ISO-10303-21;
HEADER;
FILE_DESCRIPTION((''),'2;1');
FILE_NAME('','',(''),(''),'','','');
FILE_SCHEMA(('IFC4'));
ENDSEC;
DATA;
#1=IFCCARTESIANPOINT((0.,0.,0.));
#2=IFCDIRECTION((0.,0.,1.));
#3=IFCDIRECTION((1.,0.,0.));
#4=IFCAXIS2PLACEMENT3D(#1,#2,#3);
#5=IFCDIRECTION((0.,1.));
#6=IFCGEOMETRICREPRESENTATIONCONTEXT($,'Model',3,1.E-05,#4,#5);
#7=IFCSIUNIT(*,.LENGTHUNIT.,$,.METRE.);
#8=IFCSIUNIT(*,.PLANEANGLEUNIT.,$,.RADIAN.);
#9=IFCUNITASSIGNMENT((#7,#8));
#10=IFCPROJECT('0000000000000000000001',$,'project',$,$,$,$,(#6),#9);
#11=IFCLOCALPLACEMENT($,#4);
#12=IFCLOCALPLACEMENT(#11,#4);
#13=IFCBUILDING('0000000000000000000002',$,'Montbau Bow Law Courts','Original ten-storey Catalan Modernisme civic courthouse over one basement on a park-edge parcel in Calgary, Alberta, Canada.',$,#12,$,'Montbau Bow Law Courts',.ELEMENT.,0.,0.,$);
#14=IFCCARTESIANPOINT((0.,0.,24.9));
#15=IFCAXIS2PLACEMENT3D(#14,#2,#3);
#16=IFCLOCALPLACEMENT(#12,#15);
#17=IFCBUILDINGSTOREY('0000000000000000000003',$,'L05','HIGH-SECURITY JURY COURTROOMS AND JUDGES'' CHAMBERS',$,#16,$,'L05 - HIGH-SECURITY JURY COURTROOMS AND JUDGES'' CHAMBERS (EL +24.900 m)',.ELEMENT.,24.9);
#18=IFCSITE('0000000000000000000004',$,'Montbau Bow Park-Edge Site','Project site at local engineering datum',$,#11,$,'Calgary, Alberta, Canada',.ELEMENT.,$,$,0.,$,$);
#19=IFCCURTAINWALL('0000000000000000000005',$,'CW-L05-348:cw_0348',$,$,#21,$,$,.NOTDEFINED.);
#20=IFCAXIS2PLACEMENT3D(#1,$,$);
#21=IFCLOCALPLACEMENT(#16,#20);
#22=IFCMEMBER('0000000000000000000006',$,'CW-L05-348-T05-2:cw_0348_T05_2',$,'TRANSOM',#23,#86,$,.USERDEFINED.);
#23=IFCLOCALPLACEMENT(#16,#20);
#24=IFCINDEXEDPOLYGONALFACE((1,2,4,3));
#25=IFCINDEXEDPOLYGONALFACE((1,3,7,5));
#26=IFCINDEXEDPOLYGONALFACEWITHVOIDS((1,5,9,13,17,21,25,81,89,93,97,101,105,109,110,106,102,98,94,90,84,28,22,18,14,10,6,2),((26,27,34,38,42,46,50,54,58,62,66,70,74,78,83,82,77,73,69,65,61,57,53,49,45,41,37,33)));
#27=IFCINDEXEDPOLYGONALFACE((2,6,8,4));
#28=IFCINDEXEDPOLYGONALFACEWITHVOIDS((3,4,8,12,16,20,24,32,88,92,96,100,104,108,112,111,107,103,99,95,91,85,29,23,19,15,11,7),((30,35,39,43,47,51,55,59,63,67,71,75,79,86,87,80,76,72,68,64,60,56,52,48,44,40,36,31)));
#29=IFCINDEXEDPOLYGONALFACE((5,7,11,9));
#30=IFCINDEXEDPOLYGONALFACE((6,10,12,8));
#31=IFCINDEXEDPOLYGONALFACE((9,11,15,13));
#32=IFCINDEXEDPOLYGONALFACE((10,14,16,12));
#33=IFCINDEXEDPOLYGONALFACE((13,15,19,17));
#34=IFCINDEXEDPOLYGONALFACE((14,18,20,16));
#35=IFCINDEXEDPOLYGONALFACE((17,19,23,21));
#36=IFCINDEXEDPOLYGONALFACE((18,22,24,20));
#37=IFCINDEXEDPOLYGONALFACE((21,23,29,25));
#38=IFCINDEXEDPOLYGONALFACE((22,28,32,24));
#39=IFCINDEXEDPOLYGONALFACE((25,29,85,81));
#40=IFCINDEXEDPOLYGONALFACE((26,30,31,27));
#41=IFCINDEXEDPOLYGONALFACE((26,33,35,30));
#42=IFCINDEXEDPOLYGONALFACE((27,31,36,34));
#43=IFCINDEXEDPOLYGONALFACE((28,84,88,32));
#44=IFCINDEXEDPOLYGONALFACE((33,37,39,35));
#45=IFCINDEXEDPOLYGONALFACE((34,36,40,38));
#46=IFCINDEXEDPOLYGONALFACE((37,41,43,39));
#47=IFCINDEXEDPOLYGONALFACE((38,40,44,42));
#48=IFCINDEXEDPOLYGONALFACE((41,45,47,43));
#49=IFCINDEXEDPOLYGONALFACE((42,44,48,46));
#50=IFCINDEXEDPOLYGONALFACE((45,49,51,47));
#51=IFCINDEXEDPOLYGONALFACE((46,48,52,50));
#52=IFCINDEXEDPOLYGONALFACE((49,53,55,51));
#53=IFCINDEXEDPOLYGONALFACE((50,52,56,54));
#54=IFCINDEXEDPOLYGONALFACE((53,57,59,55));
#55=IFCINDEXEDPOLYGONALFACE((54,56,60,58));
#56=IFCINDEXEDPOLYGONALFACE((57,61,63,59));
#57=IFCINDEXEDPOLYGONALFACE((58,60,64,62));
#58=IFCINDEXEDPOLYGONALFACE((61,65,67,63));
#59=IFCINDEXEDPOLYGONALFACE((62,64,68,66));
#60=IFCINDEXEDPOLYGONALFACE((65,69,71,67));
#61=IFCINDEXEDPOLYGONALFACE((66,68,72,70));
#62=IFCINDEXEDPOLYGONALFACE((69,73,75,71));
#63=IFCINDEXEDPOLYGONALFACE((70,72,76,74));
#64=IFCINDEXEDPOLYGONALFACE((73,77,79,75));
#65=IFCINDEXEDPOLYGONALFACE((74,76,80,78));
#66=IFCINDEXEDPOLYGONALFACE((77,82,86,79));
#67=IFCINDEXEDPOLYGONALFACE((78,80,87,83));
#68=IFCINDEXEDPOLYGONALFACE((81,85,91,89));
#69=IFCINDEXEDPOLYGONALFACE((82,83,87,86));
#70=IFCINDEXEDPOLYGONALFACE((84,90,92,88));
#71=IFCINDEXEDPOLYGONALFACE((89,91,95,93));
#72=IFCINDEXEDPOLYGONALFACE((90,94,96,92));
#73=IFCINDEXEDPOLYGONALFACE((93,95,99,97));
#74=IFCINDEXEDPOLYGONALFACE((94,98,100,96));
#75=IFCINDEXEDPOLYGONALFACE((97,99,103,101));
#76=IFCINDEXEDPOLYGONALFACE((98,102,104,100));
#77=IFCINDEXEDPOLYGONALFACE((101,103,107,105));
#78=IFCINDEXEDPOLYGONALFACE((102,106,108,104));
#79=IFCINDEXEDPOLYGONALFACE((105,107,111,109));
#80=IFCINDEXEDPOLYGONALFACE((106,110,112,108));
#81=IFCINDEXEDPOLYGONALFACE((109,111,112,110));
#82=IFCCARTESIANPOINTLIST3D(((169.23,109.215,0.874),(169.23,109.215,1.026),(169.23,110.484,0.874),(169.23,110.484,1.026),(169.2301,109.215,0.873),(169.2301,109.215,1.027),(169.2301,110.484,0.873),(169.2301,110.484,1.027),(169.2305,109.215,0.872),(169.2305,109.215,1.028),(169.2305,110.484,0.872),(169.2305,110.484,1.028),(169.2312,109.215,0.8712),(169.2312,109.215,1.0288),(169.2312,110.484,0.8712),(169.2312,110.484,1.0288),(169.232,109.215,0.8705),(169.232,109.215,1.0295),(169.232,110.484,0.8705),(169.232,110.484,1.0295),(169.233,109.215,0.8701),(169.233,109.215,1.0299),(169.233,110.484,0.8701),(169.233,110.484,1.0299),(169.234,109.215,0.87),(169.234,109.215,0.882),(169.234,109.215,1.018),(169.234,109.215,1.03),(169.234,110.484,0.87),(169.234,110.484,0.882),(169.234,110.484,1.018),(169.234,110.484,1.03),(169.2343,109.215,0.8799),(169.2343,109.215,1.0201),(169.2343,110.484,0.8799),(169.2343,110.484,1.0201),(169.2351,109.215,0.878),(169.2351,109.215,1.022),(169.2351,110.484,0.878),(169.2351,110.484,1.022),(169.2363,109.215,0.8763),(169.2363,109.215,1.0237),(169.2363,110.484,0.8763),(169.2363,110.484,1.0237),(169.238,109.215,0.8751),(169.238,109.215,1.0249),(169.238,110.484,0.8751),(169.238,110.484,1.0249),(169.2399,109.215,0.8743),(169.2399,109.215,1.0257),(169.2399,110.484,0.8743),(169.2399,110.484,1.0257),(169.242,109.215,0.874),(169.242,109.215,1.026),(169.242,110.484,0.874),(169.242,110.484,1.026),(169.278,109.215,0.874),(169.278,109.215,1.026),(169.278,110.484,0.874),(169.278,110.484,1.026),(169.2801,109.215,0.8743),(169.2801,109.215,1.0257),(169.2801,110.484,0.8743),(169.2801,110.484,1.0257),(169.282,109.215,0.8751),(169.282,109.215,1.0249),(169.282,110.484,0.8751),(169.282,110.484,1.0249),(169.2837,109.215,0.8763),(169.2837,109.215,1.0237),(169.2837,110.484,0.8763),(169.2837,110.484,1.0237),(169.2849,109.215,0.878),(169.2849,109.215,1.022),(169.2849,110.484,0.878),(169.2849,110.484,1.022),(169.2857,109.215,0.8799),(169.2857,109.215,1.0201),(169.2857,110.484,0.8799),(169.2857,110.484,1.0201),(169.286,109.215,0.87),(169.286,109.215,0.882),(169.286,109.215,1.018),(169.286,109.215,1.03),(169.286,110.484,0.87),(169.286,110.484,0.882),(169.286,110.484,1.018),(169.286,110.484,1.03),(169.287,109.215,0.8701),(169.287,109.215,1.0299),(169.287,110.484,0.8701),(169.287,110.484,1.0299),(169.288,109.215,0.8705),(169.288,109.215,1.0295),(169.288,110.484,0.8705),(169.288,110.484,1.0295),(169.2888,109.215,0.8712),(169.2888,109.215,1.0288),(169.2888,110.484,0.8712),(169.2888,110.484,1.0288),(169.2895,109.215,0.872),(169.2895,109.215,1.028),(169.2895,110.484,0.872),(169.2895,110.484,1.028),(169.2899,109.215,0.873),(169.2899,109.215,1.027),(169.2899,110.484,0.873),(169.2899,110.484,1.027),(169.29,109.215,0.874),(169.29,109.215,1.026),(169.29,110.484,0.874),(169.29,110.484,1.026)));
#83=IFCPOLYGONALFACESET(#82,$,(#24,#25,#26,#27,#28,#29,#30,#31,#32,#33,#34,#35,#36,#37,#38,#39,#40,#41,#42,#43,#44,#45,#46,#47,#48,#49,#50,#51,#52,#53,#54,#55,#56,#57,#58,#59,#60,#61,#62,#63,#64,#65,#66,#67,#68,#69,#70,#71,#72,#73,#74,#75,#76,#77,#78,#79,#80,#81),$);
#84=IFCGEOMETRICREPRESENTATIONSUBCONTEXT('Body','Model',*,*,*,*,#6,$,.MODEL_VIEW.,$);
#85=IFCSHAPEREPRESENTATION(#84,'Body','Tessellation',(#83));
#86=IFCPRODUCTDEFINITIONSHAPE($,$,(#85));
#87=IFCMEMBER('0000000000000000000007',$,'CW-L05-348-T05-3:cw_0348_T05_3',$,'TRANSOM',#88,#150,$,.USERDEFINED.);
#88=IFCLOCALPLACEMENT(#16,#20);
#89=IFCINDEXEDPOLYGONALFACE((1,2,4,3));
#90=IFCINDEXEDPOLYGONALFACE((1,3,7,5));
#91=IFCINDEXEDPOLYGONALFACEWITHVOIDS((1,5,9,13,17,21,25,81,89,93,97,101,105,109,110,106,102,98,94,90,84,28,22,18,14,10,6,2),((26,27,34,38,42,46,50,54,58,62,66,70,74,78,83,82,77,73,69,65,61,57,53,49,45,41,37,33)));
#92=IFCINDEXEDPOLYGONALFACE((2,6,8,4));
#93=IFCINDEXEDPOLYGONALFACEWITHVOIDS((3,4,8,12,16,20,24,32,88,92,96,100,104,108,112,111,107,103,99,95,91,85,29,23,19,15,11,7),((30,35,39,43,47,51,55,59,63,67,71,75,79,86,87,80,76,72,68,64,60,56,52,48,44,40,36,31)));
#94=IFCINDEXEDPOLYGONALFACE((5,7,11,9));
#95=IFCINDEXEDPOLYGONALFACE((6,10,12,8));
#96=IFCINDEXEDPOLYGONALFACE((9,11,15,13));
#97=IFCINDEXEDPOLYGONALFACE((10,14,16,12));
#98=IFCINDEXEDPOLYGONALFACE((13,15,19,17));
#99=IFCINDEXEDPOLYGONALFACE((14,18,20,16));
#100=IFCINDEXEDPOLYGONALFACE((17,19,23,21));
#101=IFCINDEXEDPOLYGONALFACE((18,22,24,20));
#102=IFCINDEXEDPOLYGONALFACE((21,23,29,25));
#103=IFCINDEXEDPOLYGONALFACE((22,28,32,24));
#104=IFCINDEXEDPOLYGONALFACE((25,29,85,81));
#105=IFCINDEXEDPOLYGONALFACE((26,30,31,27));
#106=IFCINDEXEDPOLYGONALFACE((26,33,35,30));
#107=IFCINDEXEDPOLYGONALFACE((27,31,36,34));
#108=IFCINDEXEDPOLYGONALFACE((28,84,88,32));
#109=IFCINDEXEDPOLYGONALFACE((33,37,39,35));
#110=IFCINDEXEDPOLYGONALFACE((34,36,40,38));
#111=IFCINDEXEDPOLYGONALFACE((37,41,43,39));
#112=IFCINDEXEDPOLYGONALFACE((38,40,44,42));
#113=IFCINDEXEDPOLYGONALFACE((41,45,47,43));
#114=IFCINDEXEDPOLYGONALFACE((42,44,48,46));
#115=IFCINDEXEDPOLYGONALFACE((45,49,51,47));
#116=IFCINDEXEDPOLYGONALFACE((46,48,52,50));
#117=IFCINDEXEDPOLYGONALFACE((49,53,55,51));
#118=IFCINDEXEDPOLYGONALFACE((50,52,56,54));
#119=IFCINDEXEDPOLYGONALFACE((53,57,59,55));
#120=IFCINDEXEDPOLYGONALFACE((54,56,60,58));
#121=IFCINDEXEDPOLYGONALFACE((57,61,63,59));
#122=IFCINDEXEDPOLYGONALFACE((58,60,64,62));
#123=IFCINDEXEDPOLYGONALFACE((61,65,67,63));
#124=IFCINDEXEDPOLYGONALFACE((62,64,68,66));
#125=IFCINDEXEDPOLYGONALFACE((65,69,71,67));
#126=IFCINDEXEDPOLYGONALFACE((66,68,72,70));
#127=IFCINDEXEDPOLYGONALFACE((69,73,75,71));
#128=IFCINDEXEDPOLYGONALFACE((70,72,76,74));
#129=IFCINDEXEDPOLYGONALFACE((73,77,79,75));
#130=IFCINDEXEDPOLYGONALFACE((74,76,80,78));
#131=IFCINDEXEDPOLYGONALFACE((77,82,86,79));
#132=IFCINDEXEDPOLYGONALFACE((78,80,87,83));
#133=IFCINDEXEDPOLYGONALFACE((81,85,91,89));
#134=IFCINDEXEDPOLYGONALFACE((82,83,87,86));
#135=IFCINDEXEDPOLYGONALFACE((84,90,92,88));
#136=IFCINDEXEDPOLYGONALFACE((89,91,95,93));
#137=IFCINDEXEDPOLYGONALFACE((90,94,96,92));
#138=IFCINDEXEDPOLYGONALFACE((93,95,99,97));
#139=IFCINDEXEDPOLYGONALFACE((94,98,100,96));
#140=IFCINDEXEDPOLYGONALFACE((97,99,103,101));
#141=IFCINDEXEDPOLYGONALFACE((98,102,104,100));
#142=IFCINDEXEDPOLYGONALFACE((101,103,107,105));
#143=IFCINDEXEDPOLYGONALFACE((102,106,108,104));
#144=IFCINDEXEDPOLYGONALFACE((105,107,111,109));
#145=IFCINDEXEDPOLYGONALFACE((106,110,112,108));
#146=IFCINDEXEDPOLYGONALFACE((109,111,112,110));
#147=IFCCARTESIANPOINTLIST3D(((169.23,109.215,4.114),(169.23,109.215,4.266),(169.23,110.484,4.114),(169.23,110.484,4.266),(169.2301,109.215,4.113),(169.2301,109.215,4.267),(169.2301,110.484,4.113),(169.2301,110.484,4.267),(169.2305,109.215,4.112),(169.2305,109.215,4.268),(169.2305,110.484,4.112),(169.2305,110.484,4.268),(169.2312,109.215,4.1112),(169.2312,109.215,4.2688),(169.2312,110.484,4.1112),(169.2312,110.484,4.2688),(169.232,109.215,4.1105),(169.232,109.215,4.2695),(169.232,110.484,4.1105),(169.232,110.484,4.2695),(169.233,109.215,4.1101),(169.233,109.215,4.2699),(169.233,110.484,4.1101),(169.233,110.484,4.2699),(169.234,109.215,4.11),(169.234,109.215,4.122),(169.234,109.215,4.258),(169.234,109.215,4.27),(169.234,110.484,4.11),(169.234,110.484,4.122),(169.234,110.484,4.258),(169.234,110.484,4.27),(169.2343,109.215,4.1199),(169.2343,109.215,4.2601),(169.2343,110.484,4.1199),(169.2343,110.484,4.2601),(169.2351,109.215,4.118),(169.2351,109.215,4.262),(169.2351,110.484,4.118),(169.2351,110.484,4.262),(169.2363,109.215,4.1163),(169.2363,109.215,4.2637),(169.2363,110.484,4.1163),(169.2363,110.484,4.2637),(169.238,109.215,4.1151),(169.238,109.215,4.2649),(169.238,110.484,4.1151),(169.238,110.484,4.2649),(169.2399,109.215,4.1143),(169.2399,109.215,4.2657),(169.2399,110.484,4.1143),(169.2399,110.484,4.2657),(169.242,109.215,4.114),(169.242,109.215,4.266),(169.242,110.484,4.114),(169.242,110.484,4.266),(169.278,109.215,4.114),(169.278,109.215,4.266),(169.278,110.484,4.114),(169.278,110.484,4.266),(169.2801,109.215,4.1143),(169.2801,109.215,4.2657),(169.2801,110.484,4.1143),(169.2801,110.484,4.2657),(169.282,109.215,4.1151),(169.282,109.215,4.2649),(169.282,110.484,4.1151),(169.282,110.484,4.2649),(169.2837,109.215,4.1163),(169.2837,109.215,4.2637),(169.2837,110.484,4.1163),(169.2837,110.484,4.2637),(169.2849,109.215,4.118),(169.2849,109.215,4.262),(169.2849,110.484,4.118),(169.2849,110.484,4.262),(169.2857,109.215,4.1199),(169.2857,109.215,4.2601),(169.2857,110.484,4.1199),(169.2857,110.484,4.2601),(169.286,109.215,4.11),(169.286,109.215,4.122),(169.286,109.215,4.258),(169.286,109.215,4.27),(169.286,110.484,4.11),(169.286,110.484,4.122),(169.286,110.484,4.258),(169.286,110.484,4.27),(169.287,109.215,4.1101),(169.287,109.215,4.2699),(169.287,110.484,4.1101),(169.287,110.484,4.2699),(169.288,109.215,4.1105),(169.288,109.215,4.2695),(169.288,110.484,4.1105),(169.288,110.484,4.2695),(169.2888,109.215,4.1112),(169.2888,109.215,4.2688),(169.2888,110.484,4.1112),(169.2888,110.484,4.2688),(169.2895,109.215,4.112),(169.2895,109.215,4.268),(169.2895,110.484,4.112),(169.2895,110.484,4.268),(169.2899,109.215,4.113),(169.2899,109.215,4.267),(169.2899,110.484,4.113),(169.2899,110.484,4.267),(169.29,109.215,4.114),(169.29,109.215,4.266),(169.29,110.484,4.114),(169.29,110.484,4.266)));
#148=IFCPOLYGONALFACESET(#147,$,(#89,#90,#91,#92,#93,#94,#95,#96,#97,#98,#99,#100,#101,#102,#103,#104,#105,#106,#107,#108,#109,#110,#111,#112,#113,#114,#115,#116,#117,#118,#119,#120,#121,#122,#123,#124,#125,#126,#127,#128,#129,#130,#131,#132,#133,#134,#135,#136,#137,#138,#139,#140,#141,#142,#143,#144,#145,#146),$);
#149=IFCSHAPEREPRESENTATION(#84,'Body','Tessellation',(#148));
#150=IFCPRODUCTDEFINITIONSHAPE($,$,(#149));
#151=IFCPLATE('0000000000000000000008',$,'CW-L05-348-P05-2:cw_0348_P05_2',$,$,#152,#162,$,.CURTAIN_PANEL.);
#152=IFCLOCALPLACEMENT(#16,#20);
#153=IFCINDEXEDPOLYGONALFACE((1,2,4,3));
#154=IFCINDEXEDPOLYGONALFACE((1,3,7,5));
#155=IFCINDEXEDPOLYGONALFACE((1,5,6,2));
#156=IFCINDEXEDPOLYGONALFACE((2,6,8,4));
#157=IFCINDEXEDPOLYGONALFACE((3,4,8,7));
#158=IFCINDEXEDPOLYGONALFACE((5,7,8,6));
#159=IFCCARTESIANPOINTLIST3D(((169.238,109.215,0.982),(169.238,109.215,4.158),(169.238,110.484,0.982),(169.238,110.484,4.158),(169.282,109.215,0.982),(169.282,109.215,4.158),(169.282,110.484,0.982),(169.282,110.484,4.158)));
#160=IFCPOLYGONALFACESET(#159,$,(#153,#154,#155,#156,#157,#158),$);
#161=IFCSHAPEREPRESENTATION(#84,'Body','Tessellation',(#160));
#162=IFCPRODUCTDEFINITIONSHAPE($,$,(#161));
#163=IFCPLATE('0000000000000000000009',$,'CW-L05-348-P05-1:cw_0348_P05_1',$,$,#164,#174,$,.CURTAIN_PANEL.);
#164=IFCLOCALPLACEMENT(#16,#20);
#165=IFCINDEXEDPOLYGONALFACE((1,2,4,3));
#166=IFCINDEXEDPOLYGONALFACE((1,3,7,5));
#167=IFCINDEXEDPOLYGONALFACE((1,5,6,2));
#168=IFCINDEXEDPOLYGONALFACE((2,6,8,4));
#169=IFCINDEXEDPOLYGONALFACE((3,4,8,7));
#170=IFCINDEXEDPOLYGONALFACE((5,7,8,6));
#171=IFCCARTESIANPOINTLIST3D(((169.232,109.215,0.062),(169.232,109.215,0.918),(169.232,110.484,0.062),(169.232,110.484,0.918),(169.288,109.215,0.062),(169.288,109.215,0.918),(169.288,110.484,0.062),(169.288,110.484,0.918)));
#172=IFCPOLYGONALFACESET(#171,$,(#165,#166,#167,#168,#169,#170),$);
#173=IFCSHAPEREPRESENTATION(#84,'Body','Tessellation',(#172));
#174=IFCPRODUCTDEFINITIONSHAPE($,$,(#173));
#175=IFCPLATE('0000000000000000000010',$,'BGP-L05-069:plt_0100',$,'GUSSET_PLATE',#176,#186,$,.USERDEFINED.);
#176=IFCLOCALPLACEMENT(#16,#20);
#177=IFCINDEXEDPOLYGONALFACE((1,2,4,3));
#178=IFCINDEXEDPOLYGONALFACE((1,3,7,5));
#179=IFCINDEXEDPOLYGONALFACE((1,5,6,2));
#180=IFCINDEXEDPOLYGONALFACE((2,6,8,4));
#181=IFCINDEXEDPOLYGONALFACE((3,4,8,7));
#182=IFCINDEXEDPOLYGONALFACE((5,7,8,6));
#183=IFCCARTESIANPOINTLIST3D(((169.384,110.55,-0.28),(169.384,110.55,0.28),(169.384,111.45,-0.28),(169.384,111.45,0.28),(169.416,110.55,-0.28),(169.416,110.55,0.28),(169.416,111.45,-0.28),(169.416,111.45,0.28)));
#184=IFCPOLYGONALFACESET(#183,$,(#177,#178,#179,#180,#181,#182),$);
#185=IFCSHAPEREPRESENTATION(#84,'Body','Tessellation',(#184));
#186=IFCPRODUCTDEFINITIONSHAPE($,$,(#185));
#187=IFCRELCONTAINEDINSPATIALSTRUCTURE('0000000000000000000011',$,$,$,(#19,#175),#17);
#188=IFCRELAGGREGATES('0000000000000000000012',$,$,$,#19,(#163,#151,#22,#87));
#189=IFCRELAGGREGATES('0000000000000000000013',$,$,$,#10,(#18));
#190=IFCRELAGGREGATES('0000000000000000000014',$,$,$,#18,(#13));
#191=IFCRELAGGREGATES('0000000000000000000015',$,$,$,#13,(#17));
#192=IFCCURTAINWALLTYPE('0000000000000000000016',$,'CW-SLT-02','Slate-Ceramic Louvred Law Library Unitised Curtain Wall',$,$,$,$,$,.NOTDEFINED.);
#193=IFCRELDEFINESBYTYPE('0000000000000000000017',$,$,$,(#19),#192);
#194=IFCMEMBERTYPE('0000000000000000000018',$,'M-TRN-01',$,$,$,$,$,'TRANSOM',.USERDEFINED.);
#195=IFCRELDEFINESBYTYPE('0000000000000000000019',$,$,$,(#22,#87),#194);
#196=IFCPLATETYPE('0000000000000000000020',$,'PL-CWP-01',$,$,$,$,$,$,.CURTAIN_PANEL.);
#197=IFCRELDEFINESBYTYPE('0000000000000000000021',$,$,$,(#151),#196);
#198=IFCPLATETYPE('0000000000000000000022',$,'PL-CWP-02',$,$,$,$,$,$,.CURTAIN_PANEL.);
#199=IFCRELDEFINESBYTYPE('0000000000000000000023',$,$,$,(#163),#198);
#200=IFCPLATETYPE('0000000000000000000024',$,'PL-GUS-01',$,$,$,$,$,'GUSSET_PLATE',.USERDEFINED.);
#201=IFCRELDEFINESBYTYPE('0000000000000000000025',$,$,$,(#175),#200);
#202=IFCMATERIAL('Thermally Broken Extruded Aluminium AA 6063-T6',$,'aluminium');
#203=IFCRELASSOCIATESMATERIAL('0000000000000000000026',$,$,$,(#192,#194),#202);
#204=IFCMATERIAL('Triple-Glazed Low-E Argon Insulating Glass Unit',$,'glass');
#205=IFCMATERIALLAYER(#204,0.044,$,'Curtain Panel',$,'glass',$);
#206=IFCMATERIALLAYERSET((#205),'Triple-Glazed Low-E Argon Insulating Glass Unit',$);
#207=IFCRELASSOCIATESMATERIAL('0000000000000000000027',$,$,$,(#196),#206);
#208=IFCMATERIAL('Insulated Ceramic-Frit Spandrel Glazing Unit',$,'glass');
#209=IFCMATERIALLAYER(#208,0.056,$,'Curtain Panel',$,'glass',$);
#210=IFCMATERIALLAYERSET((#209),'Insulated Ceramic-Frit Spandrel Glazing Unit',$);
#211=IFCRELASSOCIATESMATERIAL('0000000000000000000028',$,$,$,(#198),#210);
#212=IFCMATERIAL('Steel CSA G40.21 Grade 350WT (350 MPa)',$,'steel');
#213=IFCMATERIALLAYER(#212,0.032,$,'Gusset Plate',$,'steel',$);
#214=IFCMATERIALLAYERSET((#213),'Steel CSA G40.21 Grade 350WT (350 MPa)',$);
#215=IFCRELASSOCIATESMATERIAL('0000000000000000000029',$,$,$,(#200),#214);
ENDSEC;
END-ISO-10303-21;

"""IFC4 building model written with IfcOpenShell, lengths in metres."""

from ifc_helpers import new_model, si_unit, direction, frame, frame_2d, origin_with_axes, origin_2d_with_axis, place, context, subcontext, project, spatial, rectangle, hollow_rectangle, extrude, material, layer, layer_set, material_profile, profile_set, type_object, element, aggregate, save


model = new_model("IFC4")

# Units and contexts
model_context = context("Model", 3, precision=1e-05, world=origin_with_axes(), true_north=direction((0.0, 1.0)))
body_context = subcontext(model_context, "Body", "Model", "MODEL_VIEW")
ifc_project = project(units=[si_unit("LENGTHUNIT", "METRE"), si_unit("PLANEANGLEUNIT", "RADIAN")], contexts=[model_context])

# Site, building, storey
site_placement = place(None, origin_with_axes())
site = spatial("IfcSite", under=ifc_project, at=site_placement, Name="Montbau Bow Park-Edge Site", Description="Project site at local engineering datum", LongName="Calgary, Alberta, Canada", CompositionType="ELEMENT", RefElevation=0.0)
building_placement = place(site_placement, origin_with_axes())
building = spatial("IfcBuilding", under=site, at=building_placement, Name="Montbau Bow Law Courts", Description="Original ten-storey Catalan Modernisme civic courthouse over one basement on a park-edge parcel in Calgary, Alberta, Canada.", LongName="Montbau Bow Law Courts", CompositionType="ELEMENT", ElevationOfRefHeight=0.0, ElevationOfTerrain=0.0)
storey_placement = place(building_placement, frame((0.0, 0.0, 24.9), z_axis=(0.0, 0.0, 1.0), x_axis=(1.0, 0.0, 0.0)))
storey = spatial("IfcBuildingStorey", under=building, at=storey_placement, Name="L05", Description="HIGH-SECURITY JURY COURTROOMS AND JUDGES' CHAMBERS", LongName="L05 - HIGH-SECURITY JURY COURTROOMS AND JUDGES' CHAMBERS (EL +24.900 m)", CompositionType="ELEMENT", Elevation=24.9)

# Curtain wall
ifc_material_1 = material(Name="Thermally Broken Extruded Aluminium AA 6063-T6", Category="aluminium")
curtain_wall_type = type_object("IfcCurtainWallType", Name="CW-SLT-02", Description="Slate-Ceramic Louvred Law Library Unitised Curtain Wall", PredefinedType="NOTDEFINED", material=ifc_material_1)
curtain_wall_1_placement = place(None, frame((169.26, 103.64, 24.9), z_axis=(0.0, 0.0, 1.0), x_axis=(1.0, 0.0, 0.0)))
curtain_wall_1 = element("IfcCurtainWall", 1, at=curtain_wall_1_placement, inside=storey, type_object=curtain_wall_type, Name="CW-L05-348:cw_0348", PredefinedType="NOTDEFINED")

# Members
ifc_material_profile_1 = material_profile(ifc_material_1, hollow_rectangle(XDim=0.06, YDim=0.16, WallThickness=0.004, InnerFilletRadius=0.008, OuterFilletRadius=0.004, at=origin_2d_with_axis()), Name="CWT-160X60", Category="Main", Priority=0)
ifc_profile_set_1 = profile_set([ifc_material_profile_1], Name="Thermally Broken Extruded Aluminium AA 6063-T6")
member_type_1 = type_object("IfcMemberType", Name="M-TRN-01", ElementType="TRANSOM", PredefinedType="USERDEFINED", material=ifc_profile_set_1)
member_1_placement = place(None, frame((169.26, 109.215, 25.85), z_axis=(0.0, 1.0, 0.0), x_axis=(-1.0, 0.0, 0.0)))
member_1 = element("IfcMember", 2, at=member_1_placement, type_object=member_type_1, Name="CW-L05-348-T05-2:cw_0348_T05_2", ObjectType="TRANSOM", PredefinedType="USERDEFINED", context=body_context, shape_type="SweptSolid", body=[
    extrude(hollow_rectangle(XDim=0.06, YDim=0.16, WallThickness=0.004, InnerFilletRadius=0.008, OuterFilletRadius=0.004, at=origin_2d_with_axis()), origin_with_axes(), (0.0, 0.0, 1.0), 1.269),
])
member_2_placement = place(None, frame((169.26, 109.215, 29.09), z_axis=(0.0, 1.0, 0.0), x_axis=(-1.0, 0.0, 0.0)))
member_2 = element("IfcMember", 3, at=member_2_placement, type_object=member_type_1, Name="CW-L05-348-T05-3:cw_0348_T05_3", ObjectType="TRANSOM", PredefinedType="USERDEFINED", context=body_context, shape_type="SweptSolid", body=[
    extrude(hollow_rectangle(XDim=0.06, YDim=0.16, WallThickness=0.004, InnerFilletRadius=0.008, OuterFilletRadius=0.004, at=origin_2d_with_axis()), origin_with_axes(), (0.0, 0.0, 1.0), 1.269),
])

# Plates
ifc_material_2 = material(Name="Triple-Glazed Low-E Argon Insulating Glass Unit", Category="glass")
ifc_layer_1 = layer(ifc_material_2, 0.044, Name="Curtain Panel", Category="glass")
ifc_layer_set_1 = layer_set([ifc_layer_1], Name="Triple-Glazed Low-E Argon Insulating Glass Unit")
plate_type_1 = type_object("IfcPlateType", Name="PL-CWP-01", PredefinedType="CURTAIN_PANEL", material=ifc_layer_set_1)
plate_1_placement = place(None, frame((169.26, 109.215, 25.882), z_axis=(1.0, 0.0, 0.0), x_axis=(0.0, 1.0, 0.0)))
plate_1 = element("IfcPlate", 4, at=plate_1_placement, type_object=plate_type_1, Name="CW-L05-348-P05-2:cw_0348_P05_2", PredefinedType="CURTAIN_PANEL", context=body_context, shape_type="SweptSolid", body=[
    extrude(rectangle(XDim=1.269, YDim=3.176, at=frame_2d((0.6345, 1.588), x_axis=(1.0, 0.0))), frame((0.0, 0.0, -0.022), z_axis=(0.0, 0.0, 1.0), x_axis=(1.0, 0.0, 0.0)), (0.0, 0.0, 1.0), 0.044),
])
ifc_material_3 = material(Name="Insulated Ceramic-Frit Spandrel Glazing Unit", Category="glass")
ifc_layer_2 = layer(ifc_material_3, 0.056, Name="Curtain Panel", Category="glass")
ifc_layer_set_2 = layer_set([ifc_layer_2], Name="Insulated Ceramic-Frit Spandrel Glazing Unit")
plate_type_2 = type_object("IfcPlateType", Name="PL-CWP-02", PredefinedType="CURTAIN_PANEL", material=ifc_layer_set_2)
plate_2_placement = place(None, frame((169.26, 109.215, 24.962), z_axis=(1.0, 0.0, 0.0), x_axis=(0.0, 1.0, 0.0)))
plate_2 = element("IfcPlate", 5, at=plate_2_placement, type_object=plate_type_2, Name="CW-L05-348-P05-1:cw_0348_P05_1", PredefinedType="CURTAIN_PANEL", context=body_context, shape_type="SweptSolid", body=[
    extrude(rectangle(XDim=1.269, YDim=0.856, at=frame_2d((0.6345, 0.428), x_axis=(1.0, 0.0))), frame((0.0, 0.0, -0.028), z_axis=(0.0, 0.0, 1.0), x_axis=(1.0, 0.0, 0.0)), (0.0, 0.0, 1.0), 0.056),
])
aggregate(curtain_wall_1, [plate_2, plate_1, member_1, member_2])

# Plate
ifc_material_4 = material(Name="Steel CSA G40.21 Grade 350WT (350 MPa)", Category="steel")
ifc_layer_3 = layer(ifc_material_4, 0.032, Name="Gusset Plate", Category="steel")
ifc_layer_set_3 = layer_set([ifc_layer_3], Name="Steel CSA G40.21 Grade 350WT (350 MPa)")
plate_type_3 = type_object("IfcPlateType", Name="PL-GUS-01", ElementType="GUSSET_PLATE", PredefinedType="USERDEFINED", material=ifc_layer_set_3)
for number, where, z_axis, x_axis, name in (
    (6, (169.4, 111.0, 24.62), (0.0, 0.0, 1.0), (0.0, 1.0, 0.0), "BGP-L05-069:plt_0100"),
):
    element("IfcPlate", number, at=place(None, frame(where, z_axis=z_axis, x_axis=x_axis)), inside=storey, type_object=plate_type_3, Name=name, ObjectType="GUSSET_PLATE", PredefinedType="USERDEFINED", context=body_context, shape_type="SweptSolid", body=[
        extrude(rectangle(XDim=0.9, YDim=0.032, at=origin_2d_with_axis()), origin_with_axes(), (0.0, 0.0, 1.0), 0.56),
    ])

save(model, "model.ifc")
